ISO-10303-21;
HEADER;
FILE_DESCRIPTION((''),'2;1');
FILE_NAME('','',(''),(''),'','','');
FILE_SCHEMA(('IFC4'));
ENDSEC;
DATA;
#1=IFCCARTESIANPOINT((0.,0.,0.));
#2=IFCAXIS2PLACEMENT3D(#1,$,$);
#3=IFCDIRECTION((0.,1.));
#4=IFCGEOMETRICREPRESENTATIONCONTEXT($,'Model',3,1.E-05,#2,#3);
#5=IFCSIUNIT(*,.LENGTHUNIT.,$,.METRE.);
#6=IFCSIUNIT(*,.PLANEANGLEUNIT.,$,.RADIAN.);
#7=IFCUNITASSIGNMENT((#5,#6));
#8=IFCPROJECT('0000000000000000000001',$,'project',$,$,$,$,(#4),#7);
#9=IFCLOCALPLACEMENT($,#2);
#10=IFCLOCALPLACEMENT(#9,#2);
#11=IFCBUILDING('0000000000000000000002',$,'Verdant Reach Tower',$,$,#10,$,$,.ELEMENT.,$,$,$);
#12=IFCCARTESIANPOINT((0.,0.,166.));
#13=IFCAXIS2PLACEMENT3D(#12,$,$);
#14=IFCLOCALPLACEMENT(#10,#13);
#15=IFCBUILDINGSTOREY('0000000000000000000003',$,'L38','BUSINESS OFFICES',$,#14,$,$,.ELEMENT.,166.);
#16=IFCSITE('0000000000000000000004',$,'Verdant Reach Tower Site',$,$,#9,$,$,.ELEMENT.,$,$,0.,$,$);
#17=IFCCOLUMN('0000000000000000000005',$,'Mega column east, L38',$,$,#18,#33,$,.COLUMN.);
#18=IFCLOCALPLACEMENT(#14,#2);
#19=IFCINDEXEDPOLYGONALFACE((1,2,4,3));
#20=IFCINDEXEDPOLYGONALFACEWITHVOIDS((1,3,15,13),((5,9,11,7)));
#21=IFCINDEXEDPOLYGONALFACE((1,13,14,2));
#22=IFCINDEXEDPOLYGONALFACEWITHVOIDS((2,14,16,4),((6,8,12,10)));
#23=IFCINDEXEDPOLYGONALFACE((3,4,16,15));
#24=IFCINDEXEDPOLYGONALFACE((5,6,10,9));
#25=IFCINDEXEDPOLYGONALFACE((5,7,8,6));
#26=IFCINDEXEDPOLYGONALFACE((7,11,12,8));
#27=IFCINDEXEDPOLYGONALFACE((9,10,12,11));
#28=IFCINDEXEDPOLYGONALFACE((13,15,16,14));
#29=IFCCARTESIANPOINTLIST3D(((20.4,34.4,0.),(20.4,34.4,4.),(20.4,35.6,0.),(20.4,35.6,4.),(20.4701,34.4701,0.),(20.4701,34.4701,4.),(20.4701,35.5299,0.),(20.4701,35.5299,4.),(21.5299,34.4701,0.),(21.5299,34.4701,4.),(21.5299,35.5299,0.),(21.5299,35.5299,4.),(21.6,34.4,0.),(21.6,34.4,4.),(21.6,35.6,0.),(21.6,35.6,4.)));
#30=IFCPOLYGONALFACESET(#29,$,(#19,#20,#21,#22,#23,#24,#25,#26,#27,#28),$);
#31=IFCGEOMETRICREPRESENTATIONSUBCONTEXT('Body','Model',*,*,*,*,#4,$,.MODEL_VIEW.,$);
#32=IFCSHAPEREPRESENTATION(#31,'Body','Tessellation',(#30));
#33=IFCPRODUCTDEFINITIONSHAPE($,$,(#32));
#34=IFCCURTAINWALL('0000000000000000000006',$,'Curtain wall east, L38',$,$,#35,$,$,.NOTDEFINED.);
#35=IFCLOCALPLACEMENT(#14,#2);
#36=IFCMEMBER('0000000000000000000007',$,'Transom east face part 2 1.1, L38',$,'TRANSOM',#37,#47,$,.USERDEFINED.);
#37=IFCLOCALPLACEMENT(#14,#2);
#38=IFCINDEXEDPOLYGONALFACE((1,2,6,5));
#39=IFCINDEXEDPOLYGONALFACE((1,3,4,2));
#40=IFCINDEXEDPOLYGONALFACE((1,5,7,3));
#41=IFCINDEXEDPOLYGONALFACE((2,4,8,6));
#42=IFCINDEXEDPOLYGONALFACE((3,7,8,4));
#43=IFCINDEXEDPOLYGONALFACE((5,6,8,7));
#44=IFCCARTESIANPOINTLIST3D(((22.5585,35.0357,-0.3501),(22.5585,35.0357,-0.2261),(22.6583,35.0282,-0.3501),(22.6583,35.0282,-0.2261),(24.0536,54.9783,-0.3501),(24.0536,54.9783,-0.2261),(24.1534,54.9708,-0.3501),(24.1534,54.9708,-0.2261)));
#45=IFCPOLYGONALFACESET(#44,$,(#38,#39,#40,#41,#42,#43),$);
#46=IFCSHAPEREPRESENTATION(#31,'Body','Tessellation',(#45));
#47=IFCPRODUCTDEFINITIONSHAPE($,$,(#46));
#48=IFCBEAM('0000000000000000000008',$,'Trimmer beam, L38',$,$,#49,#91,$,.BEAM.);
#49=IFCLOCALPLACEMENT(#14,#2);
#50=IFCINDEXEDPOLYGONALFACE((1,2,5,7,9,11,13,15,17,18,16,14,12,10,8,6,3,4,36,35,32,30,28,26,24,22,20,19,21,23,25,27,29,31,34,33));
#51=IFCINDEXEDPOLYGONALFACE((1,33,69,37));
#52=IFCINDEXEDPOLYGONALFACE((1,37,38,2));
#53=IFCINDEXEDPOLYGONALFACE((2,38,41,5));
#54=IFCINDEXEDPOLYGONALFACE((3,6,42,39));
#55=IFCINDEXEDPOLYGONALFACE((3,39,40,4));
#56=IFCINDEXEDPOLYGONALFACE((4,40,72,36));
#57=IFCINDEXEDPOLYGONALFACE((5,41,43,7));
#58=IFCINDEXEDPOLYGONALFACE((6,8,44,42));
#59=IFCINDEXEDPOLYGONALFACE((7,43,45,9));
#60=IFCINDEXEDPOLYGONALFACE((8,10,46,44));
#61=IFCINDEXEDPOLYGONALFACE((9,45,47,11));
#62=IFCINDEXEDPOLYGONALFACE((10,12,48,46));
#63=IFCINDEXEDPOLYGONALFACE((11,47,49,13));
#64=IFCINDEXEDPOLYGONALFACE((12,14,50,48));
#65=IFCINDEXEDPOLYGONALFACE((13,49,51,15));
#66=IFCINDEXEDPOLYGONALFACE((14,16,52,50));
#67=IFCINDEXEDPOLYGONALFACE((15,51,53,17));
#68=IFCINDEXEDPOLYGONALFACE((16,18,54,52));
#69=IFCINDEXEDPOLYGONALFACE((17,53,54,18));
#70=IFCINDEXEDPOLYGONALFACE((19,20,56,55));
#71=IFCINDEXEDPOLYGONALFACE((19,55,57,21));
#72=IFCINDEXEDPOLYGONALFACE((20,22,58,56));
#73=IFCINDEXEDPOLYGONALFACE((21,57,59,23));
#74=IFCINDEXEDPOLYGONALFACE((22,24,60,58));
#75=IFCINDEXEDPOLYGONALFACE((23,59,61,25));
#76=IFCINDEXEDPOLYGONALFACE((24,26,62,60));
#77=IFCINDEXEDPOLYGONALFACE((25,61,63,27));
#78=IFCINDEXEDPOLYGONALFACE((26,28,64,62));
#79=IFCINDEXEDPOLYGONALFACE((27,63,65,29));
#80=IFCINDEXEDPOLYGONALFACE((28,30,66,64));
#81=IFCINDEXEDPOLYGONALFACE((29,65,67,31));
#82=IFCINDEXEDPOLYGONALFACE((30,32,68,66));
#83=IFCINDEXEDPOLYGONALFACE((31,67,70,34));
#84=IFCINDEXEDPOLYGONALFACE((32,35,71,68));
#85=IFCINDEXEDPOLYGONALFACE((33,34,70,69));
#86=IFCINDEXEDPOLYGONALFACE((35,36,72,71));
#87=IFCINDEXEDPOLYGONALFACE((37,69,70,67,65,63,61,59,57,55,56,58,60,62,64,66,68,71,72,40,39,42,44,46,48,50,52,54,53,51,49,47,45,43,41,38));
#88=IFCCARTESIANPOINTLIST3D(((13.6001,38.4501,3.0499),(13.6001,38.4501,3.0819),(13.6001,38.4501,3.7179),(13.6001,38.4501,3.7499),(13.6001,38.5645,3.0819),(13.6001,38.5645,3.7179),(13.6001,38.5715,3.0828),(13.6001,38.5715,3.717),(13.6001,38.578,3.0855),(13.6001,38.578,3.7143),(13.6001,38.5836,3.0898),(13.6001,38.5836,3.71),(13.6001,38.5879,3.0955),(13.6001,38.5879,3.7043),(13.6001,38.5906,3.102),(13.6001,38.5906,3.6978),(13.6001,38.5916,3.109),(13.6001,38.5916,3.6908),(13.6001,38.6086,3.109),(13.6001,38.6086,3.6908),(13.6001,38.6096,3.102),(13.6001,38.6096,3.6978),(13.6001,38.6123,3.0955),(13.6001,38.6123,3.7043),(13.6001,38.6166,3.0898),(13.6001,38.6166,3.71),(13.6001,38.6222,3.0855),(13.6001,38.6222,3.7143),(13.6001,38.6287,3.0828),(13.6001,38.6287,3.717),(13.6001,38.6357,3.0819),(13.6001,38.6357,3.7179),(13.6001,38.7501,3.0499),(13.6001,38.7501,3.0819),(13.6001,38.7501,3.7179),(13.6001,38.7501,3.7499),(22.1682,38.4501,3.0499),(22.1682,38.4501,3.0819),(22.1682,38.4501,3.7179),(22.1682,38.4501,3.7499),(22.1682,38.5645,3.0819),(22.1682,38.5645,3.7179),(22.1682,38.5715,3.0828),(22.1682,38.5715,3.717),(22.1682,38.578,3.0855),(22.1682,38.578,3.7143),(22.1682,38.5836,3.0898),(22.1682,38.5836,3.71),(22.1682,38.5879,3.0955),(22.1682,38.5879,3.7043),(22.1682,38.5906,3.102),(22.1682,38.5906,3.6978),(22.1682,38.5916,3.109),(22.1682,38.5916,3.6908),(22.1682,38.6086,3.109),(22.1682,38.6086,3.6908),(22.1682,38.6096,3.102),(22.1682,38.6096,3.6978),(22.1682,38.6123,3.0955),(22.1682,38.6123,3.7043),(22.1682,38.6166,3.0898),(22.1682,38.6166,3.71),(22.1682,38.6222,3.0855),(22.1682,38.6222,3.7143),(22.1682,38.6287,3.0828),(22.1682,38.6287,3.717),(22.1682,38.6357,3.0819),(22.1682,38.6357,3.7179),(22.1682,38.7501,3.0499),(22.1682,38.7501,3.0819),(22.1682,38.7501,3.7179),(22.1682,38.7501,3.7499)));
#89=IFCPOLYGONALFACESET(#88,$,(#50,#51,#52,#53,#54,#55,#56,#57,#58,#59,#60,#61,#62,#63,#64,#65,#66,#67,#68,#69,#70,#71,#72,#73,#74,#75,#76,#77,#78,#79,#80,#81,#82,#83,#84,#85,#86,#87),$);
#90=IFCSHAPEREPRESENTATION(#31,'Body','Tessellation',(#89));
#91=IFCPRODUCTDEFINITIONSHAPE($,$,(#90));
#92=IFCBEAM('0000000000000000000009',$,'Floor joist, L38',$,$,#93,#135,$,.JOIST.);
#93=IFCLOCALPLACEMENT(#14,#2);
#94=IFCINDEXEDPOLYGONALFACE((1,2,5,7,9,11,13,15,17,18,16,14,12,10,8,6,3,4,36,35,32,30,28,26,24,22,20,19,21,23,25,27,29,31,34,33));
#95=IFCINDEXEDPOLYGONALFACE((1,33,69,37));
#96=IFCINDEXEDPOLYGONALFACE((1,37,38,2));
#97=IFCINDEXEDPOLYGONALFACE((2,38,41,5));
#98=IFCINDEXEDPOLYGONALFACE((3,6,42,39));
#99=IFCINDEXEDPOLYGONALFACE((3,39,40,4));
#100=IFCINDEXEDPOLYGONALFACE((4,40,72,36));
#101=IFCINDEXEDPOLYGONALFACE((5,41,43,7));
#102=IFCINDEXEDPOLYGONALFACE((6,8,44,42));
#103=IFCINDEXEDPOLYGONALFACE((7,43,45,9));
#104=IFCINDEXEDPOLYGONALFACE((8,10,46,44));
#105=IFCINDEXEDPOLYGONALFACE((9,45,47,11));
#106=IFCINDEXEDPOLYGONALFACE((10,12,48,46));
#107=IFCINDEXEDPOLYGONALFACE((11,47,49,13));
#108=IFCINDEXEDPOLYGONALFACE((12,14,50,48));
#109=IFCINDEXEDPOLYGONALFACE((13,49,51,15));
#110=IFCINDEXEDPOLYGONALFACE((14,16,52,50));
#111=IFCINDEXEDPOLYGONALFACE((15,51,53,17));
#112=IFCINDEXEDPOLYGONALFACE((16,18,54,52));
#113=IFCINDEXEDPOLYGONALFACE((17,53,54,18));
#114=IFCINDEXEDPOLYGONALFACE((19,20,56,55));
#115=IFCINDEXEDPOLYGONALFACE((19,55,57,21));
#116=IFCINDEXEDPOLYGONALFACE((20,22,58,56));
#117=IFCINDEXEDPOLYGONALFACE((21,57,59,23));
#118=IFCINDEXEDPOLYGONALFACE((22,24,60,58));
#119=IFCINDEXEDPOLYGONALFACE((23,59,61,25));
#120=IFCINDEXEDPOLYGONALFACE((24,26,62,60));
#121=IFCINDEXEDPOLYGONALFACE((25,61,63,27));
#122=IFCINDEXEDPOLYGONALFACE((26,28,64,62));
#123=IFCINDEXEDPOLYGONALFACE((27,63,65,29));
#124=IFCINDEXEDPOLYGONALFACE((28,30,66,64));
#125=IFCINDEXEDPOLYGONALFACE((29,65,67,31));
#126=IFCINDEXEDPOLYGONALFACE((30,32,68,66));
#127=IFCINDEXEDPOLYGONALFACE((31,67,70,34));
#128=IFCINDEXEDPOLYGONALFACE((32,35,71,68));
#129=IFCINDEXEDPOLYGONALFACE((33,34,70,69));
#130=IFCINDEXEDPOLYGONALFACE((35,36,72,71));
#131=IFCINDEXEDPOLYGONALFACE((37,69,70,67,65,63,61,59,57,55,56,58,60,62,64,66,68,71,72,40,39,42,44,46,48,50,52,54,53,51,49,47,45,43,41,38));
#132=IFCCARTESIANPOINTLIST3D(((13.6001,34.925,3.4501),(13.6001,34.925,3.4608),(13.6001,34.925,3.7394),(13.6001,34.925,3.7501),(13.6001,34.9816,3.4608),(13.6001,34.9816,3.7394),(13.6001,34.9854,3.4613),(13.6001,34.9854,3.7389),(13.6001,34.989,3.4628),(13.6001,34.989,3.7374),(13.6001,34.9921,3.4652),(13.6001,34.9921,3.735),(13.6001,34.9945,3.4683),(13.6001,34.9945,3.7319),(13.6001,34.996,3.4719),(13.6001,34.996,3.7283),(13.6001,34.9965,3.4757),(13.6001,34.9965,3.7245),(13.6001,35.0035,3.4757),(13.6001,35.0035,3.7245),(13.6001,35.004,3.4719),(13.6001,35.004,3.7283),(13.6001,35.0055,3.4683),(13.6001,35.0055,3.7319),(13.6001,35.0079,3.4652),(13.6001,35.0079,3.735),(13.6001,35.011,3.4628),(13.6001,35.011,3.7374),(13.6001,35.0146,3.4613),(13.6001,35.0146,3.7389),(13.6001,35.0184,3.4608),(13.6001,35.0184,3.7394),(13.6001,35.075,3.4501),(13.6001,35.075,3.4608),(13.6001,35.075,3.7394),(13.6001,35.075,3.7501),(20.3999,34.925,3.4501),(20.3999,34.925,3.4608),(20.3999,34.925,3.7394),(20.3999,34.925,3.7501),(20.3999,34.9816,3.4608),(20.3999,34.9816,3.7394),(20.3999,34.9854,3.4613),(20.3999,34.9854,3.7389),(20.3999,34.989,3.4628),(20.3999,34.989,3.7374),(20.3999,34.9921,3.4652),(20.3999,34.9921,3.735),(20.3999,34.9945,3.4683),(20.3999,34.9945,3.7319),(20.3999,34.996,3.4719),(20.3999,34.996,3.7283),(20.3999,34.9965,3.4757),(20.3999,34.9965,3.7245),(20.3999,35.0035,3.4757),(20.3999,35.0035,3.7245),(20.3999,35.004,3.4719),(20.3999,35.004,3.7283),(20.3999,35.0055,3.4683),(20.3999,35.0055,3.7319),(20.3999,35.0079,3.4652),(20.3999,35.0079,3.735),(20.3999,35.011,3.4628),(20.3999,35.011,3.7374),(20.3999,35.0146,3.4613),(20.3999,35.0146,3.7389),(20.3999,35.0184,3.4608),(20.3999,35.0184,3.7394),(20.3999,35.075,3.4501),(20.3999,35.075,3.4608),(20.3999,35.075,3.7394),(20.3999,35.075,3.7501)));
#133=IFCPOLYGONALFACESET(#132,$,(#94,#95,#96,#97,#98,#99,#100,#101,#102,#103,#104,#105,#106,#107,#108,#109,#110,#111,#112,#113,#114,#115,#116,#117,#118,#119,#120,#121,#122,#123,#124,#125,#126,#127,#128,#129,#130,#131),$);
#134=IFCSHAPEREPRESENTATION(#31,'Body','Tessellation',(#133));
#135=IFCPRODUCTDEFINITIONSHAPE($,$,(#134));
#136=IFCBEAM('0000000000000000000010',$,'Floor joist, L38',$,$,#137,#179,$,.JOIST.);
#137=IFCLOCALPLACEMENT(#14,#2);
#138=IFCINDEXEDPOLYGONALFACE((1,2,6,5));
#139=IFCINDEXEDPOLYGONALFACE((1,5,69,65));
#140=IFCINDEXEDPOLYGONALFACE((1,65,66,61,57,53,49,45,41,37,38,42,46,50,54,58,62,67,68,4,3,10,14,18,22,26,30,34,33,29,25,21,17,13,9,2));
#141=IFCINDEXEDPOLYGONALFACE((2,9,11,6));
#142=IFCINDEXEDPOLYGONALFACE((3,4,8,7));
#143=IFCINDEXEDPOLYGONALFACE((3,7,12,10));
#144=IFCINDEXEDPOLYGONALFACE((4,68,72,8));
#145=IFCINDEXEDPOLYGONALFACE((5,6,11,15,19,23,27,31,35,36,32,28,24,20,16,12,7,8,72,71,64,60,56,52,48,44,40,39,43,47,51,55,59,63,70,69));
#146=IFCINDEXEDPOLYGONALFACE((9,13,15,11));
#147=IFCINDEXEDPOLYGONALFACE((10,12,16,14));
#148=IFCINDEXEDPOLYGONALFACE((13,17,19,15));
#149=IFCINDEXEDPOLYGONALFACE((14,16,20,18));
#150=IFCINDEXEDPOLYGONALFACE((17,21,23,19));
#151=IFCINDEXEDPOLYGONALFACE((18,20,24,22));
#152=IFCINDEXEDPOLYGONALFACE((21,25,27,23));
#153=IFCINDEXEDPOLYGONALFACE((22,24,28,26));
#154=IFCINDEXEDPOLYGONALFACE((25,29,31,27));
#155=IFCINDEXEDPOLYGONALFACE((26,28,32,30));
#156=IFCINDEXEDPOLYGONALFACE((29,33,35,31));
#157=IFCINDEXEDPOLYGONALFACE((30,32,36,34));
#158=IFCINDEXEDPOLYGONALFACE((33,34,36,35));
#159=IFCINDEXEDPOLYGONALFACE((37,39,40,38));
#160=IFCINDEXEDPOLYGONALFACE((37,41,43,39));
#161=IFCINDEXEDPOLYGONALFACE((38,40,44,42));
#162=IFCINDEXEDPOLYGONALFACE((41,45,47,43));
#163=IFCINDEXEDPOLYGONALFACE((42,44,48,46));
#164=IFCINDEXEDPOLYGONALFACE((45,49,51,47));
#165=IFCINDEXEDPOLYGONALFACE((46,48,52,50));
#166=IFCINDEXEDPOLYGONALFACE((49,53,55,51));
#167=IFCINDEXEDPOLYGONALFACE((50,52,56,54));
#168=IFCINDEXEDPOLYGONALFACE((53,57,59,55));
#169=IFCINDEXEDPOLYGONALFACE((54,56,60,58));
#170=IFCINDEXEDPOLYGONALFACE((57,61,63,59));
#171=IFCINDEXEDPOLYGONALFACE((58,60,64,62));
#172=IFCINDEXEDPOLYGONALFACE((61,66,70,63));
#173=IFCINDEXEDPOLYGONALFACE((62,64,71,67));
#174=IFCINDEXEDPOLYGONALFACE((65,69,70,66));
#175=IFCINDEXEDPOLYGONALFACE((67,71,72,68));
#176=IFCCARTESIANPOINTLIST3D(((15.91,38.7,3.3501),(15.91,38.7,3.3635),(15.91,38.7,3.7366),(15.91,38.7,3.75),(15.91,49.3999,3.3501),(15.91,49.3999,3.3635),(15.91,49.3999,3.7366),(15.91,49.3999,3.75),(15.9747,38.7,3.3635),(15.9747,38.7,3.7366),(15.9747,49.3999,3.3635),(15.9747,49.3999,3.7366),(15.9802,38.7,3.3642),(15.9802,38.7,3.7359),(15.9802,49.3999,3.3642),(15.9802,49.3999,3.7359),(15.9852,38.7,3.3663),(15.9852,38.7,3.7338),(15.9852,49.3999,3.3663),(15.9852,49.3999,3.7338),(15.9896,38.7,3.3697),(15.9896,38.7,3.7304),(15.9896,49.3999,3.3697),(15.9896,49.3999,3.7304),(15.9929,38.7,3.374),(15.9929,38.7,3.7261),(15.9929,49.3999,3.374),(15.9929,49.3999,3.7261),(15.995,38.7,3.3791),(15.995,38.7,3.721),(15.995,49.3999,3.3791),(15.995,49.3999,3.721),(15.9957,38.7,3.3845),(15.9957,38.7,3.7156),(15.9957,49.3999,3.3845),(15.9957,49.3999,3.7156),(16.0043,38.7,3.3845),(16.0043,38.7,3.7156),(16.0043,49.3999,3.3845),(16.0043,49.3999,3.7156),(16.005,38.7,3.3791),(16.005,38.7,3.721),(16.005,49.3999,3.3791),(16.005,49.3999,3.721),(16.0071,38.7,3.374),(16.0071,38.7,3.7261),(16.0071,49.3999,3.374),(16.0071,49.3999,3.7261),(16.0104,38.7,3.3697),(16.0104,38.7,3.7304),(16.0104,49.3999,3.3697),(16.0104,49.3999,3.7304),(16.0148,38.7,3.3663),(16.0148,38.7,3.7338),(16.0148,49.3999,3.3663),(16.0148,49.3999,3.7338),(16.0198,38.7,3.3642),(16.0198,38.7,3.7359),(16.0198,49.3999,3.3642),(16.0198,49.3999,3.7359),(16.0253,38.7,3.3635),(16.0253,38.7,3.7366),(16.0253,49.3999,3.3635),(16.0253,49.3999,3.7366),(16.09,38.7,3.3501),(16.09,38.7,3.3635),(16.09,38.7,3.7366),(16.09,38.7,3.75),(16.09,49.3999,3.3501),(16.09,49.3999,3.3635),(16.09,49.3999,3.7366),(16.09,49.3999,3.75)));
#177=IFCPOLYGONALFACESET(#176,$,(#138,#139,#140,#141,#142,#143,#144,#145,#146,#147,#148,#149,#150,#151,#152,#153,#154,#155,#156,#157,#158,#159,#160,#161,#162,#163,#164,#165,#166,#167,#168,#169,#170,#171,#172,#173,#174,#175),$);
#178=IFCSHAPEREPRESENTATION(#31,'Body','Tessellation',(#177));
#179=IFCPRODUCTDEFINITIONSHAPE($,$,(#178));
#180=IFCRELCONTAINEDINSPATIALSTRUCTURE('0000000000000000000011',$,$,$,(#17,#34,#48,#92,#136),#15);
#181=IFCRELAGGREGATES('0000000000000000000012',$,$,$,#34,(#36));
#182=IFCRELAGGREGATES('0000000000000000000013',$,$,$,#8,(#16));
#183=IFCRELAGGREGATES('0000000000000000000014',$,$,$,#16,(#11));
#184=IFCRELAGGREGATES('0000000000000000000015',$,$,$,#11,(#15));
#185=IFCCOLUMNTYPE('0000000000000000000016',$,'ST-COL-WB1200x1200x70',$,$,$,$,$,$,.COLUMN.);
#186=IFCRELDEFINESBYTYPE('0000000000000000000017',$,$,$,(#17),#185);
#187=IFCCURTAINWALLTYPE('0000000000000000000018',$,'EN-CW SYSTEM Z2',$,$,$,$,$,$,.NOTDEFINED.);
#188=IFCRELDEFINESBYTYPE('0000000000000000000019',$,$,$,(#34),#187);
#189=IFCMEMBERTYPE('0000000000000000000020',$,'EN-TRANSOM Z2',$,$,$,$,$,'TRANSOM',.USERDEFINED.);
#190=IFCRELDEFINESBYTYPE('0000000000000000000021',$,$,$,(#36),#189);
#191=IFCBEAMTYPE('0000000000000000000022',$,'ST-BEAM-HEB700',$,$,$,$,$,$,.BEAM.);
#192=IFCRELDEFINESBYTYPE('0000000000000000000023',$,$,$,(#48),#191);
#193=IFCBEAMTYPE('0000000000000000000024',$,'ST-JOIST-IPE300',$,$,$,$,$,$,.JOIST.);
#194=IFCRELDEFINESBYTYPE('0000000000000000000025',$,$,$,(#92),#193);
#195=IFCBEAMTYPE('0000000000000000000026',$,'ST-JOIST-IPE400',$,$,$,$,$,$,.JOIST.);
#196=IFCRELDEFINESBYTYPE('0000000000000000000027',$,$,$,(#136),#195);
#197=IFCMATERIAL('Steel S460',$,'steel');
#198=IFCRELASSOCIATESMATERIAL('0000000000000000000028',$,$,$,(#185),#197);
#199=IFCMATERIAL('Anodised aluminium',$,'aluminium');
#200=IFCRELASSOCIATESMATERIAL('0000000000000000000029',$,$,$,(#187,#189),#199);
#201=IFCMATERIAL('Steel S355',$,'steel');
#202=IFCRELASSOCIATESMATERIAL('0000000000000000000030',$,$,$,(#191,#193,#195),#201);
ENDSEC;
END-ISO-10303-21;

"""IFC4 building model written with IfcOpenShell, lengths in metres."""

from ifc_helpers import new_model, si_unit, direction, frame, origin, origin_2d, place, context, subcontext, project, spatial, rectangle, hollow_rectangle, i_section, extrude, material, material_profile, profile_set, type_object, element, aggregate, save


model = new_model("IFC4")

# Units and contexts
model_context = context("Model", 3, precision=1e-05, world=origin(), true_north=direction((0.0, 1.0)))
body_context = subcontext(model_context, "Body", "Model", "MODEL_VIEW")
ifc_project = project(units=[si_unit("LENGTHUNIT", "METRE"), si_unit("PLANEANGLEUNIT", "RADIAN")], contexts=[model_context])

# Site, building, storey
site_placement = place(None, origin())
site = spatial("IfcSite", under=ifc_project, at=site_placement, Name="Verdant Reach Tower Site", CompositionType="ELEMENT", RefElevation=0.0)
building_placement = place(site_placement, origin())
building = spatial("IfcBuilding", under=site, at=building_placement, Name="Verdant Reach Tower", CompositionType="ELEMENT")
storey_placement = place(building_placement, frame((0.0, 0.0, 166.0)))
storey = spatial("IfcBuildingStorey", under=building, at=storey_placement, Name="L38", Description="BUSINESS OFFICES", CompositionType="ELEMENT", Elevation=166.0)

# Column
ifc_material_1 = material(Name="Steel S460", Category="steel")
ifc_material_profile_1 = material_profile(ifc_material_1, hollow_rectangle(XDim=1.2, YDim=1.2, WallThickness=0.0701, at=origin_2d()), Name="WB 1200x1200x70")
ifc_profile_set_1 = profile_set([ifc_material_profile_1], Name="Steel S460")
column_type = type_object("IfcColumnType", Name="ST-COL-WB1200x1200x70", PredefinedType="COLUMN", material=ifc_profile_set_1)
column_placement = place(storey_placement, frame((21.0, 35.0, 0.0), z_axis=(0.0, 0.0, 1.0), x_axis=(1.0, 0.0, 0.0)))
element("IfcColumn", 1, at=column_placement, inside=storey, type_object=column_type, Name="Mega column east, L38", PredefinedType="COLUMN", context=body_context, shape_type="SweptSolid", body=[
    extrude(hollow_rectangle(XDim=1.2, YDim=1.2, WallThickness=0.0701, at=origin_2d()), origin(), (0.0, 0.0, 1.0), 4.0),
])

# Curtain wall, member
ifc_material_2 = material(Name="Anodised aluminium", Category="aluminium")
curtain_wall_type = type_object("IfcCurtainWallType", Name="EN-CW SYSTEM Z2", PredefinedType="NOTDEFINED", material=ifc_material_2)
curtain_wall_placement = place(storey_placement, origin())
curtain_wall = element("IfcCurtainWall", 2, at=curtain_wall_placement, inside=storey, type_object=curtain_wall_type, Name="Curtain wall east, L38", PredefinedType="NOTDEFINED")
ifc_material_profile_2 = material_profile(ifc_material_2, rectangle(XDim=0.1001, YDim=0.124, at=origin_2d()), Name="Transom 124x100")
ifc_profile_set_2 = profile_set([ifc_material_profile_2], Name="Anodised aluminium")
member_type = type_object("IfcMemberType", Name="EN-TRANSOM Z2", ElementType="TRANSOM", PredefinedType="USERDEFINED", material=ifc_profile_set_2)
member_placement = place(storey_placement, frame((22.6084, 35.032, -0.2881), z_axis=(0.074761, 0.997201, 0.0), x_axis=(-0.997201, 0.074761, 0.0)))
member = element("IfcMember", 3, at=member_placement, type_object=member_type, Name="Transom east face part 2 1.1, L38", ObjectType="TRANSOM", PredefinedType="USERDEFINED", context=body_context, shape_type="SweptSolid", body=[
    extrude(rectangle(XDim=0.1001, YDim=0.124, at=origin_2d()), origin(), (0.0, 0.0, 1.0), 19.9985),
])

# Beams
ifc_material_3 = material(Name="Steel S355", Category="steel")
ifc_material_profile_3 = material_profile(ifc_material_3, i_section(OverallWidth=0.3, OverallDepth=0.7, WebThickness=0.0171, FlangeThickness=0.032, FilletRadius=0.0271, at=origin_2d()), Name="HEB 700")
ifc_profile_set_3 = profile_set([ifc_material_profile_3], Name="Steel S355")
beam_type_1 = type_object("IfcBeamType", Name="ST-BEAM-HEB700", PredefinedType="BEAM", material=ifc_profile_set_3)
beam_1_placement = place(storey_placement, frame((13.6001, 38.6001, 3.3999), z_axis=(1.0, 0.0, 0.0), x_axis=(0.0, 1.0, 0.0)))
element("IfcBeam", 4, at=beam_1_placement, inside=storey, type_object=beam_type_1, Name="Trimmer beam, L38", PredefinedType="BEAM", context=body_context, shape_type="SweptSolid", body=[
    extrude(i_section(OverallWidth=0.3, OverallDepth=0.7, WebThickness=0.0171, FlangeThickness=0.032, FilletRadius=0.0271, at=origin_2d()), origin(), (0.0, 0.0, 1.0), 8.5681),
])
ifc_material_profile_4 = material_profile(ifc_material_3, i_section(OverallWidth=0.1499, OverallDepth=0.3, WebThickness=0.0071, FlangeThickness=0.0107, FilletRadius=0.0149, at=origin_2d()), Name="IPE 300")
ifc_profile_set_4 = profile_set([ifc_material_profile_4], Name="Steel S355")
beam_type_2 = type_object("IfcBeamType", Name="ST-JOIST-IPE300", PredefinedType="JOIST", material=ifc_profile_set_4)
beam_2_placement = place(storey_placement, frame((13.6001, 35.0, 3.6001), z_axis=(1.0, 0.0, 0.0), x_axis=(0.0, 1.0, 0.0)))
element("IfcBeam", 5, at=beam_2_placement, inside=storey, type_object=beam_type_2, Name="Floor joist, L38", PredefinedType="JOIST", context=body_context, shape_type="SweptSolid", body=[
    extrude(i_section(OverallWidth=0.1499, OverallDepth=0.3, WebThickness=0.0071, FlangeThickness=0.0107, FilletRadius=0.0149, at=origin_2d()), origin(), (0.0, 0.0, 1.0), 6.7998),
])
ifc_material_profile_5 = material_profile(ifc_material_3, i_section(OverallWidth=0.1799, OverallDepth=0.3999, WebThickness=0.0085, FlangeThickness=0.0134, FilletRadius=0.021, at=origin_2d()), Name="IPE 400")
ifc_profile_set_5 = profile_set([ifc_material_profile_5], Name="Steel S355")
beam_type_3 = type_object("IfcBeamType", Name="ST-JOIST-IPE400", PredefinedType="JOIST", material=ifc_profile_set_5)
for number, where, z_axis, x_axis, name in (
    (6, (16.0, 38.7, 3.55), (0.0, 1.0, 0.0), (-1.0, 0.0, 0.0), "Floor joist, L38"),
):
    element("IfcBeam", number, at=place(storey_placement, frame(where, z_axis=z_axis, x_axis=x_axis)), inside=storey, type_object=beam_type_3, Name=name, PredefinedType="JOIST", context=body_context, shape_type="SweptSolid", body=[
        extrude(i_section(OverallWidth=0.1799, OverallDepth=0.3999, WebThickness=0.0085, FlangeThickness=0.0134, FilletRadius=0.021, at=origin_2d()), origin(), (0.0, 0.0, 1.0), 10.7),
    ])

aggregate(curtain_wall, [member])

save(model, "model.ifc")
